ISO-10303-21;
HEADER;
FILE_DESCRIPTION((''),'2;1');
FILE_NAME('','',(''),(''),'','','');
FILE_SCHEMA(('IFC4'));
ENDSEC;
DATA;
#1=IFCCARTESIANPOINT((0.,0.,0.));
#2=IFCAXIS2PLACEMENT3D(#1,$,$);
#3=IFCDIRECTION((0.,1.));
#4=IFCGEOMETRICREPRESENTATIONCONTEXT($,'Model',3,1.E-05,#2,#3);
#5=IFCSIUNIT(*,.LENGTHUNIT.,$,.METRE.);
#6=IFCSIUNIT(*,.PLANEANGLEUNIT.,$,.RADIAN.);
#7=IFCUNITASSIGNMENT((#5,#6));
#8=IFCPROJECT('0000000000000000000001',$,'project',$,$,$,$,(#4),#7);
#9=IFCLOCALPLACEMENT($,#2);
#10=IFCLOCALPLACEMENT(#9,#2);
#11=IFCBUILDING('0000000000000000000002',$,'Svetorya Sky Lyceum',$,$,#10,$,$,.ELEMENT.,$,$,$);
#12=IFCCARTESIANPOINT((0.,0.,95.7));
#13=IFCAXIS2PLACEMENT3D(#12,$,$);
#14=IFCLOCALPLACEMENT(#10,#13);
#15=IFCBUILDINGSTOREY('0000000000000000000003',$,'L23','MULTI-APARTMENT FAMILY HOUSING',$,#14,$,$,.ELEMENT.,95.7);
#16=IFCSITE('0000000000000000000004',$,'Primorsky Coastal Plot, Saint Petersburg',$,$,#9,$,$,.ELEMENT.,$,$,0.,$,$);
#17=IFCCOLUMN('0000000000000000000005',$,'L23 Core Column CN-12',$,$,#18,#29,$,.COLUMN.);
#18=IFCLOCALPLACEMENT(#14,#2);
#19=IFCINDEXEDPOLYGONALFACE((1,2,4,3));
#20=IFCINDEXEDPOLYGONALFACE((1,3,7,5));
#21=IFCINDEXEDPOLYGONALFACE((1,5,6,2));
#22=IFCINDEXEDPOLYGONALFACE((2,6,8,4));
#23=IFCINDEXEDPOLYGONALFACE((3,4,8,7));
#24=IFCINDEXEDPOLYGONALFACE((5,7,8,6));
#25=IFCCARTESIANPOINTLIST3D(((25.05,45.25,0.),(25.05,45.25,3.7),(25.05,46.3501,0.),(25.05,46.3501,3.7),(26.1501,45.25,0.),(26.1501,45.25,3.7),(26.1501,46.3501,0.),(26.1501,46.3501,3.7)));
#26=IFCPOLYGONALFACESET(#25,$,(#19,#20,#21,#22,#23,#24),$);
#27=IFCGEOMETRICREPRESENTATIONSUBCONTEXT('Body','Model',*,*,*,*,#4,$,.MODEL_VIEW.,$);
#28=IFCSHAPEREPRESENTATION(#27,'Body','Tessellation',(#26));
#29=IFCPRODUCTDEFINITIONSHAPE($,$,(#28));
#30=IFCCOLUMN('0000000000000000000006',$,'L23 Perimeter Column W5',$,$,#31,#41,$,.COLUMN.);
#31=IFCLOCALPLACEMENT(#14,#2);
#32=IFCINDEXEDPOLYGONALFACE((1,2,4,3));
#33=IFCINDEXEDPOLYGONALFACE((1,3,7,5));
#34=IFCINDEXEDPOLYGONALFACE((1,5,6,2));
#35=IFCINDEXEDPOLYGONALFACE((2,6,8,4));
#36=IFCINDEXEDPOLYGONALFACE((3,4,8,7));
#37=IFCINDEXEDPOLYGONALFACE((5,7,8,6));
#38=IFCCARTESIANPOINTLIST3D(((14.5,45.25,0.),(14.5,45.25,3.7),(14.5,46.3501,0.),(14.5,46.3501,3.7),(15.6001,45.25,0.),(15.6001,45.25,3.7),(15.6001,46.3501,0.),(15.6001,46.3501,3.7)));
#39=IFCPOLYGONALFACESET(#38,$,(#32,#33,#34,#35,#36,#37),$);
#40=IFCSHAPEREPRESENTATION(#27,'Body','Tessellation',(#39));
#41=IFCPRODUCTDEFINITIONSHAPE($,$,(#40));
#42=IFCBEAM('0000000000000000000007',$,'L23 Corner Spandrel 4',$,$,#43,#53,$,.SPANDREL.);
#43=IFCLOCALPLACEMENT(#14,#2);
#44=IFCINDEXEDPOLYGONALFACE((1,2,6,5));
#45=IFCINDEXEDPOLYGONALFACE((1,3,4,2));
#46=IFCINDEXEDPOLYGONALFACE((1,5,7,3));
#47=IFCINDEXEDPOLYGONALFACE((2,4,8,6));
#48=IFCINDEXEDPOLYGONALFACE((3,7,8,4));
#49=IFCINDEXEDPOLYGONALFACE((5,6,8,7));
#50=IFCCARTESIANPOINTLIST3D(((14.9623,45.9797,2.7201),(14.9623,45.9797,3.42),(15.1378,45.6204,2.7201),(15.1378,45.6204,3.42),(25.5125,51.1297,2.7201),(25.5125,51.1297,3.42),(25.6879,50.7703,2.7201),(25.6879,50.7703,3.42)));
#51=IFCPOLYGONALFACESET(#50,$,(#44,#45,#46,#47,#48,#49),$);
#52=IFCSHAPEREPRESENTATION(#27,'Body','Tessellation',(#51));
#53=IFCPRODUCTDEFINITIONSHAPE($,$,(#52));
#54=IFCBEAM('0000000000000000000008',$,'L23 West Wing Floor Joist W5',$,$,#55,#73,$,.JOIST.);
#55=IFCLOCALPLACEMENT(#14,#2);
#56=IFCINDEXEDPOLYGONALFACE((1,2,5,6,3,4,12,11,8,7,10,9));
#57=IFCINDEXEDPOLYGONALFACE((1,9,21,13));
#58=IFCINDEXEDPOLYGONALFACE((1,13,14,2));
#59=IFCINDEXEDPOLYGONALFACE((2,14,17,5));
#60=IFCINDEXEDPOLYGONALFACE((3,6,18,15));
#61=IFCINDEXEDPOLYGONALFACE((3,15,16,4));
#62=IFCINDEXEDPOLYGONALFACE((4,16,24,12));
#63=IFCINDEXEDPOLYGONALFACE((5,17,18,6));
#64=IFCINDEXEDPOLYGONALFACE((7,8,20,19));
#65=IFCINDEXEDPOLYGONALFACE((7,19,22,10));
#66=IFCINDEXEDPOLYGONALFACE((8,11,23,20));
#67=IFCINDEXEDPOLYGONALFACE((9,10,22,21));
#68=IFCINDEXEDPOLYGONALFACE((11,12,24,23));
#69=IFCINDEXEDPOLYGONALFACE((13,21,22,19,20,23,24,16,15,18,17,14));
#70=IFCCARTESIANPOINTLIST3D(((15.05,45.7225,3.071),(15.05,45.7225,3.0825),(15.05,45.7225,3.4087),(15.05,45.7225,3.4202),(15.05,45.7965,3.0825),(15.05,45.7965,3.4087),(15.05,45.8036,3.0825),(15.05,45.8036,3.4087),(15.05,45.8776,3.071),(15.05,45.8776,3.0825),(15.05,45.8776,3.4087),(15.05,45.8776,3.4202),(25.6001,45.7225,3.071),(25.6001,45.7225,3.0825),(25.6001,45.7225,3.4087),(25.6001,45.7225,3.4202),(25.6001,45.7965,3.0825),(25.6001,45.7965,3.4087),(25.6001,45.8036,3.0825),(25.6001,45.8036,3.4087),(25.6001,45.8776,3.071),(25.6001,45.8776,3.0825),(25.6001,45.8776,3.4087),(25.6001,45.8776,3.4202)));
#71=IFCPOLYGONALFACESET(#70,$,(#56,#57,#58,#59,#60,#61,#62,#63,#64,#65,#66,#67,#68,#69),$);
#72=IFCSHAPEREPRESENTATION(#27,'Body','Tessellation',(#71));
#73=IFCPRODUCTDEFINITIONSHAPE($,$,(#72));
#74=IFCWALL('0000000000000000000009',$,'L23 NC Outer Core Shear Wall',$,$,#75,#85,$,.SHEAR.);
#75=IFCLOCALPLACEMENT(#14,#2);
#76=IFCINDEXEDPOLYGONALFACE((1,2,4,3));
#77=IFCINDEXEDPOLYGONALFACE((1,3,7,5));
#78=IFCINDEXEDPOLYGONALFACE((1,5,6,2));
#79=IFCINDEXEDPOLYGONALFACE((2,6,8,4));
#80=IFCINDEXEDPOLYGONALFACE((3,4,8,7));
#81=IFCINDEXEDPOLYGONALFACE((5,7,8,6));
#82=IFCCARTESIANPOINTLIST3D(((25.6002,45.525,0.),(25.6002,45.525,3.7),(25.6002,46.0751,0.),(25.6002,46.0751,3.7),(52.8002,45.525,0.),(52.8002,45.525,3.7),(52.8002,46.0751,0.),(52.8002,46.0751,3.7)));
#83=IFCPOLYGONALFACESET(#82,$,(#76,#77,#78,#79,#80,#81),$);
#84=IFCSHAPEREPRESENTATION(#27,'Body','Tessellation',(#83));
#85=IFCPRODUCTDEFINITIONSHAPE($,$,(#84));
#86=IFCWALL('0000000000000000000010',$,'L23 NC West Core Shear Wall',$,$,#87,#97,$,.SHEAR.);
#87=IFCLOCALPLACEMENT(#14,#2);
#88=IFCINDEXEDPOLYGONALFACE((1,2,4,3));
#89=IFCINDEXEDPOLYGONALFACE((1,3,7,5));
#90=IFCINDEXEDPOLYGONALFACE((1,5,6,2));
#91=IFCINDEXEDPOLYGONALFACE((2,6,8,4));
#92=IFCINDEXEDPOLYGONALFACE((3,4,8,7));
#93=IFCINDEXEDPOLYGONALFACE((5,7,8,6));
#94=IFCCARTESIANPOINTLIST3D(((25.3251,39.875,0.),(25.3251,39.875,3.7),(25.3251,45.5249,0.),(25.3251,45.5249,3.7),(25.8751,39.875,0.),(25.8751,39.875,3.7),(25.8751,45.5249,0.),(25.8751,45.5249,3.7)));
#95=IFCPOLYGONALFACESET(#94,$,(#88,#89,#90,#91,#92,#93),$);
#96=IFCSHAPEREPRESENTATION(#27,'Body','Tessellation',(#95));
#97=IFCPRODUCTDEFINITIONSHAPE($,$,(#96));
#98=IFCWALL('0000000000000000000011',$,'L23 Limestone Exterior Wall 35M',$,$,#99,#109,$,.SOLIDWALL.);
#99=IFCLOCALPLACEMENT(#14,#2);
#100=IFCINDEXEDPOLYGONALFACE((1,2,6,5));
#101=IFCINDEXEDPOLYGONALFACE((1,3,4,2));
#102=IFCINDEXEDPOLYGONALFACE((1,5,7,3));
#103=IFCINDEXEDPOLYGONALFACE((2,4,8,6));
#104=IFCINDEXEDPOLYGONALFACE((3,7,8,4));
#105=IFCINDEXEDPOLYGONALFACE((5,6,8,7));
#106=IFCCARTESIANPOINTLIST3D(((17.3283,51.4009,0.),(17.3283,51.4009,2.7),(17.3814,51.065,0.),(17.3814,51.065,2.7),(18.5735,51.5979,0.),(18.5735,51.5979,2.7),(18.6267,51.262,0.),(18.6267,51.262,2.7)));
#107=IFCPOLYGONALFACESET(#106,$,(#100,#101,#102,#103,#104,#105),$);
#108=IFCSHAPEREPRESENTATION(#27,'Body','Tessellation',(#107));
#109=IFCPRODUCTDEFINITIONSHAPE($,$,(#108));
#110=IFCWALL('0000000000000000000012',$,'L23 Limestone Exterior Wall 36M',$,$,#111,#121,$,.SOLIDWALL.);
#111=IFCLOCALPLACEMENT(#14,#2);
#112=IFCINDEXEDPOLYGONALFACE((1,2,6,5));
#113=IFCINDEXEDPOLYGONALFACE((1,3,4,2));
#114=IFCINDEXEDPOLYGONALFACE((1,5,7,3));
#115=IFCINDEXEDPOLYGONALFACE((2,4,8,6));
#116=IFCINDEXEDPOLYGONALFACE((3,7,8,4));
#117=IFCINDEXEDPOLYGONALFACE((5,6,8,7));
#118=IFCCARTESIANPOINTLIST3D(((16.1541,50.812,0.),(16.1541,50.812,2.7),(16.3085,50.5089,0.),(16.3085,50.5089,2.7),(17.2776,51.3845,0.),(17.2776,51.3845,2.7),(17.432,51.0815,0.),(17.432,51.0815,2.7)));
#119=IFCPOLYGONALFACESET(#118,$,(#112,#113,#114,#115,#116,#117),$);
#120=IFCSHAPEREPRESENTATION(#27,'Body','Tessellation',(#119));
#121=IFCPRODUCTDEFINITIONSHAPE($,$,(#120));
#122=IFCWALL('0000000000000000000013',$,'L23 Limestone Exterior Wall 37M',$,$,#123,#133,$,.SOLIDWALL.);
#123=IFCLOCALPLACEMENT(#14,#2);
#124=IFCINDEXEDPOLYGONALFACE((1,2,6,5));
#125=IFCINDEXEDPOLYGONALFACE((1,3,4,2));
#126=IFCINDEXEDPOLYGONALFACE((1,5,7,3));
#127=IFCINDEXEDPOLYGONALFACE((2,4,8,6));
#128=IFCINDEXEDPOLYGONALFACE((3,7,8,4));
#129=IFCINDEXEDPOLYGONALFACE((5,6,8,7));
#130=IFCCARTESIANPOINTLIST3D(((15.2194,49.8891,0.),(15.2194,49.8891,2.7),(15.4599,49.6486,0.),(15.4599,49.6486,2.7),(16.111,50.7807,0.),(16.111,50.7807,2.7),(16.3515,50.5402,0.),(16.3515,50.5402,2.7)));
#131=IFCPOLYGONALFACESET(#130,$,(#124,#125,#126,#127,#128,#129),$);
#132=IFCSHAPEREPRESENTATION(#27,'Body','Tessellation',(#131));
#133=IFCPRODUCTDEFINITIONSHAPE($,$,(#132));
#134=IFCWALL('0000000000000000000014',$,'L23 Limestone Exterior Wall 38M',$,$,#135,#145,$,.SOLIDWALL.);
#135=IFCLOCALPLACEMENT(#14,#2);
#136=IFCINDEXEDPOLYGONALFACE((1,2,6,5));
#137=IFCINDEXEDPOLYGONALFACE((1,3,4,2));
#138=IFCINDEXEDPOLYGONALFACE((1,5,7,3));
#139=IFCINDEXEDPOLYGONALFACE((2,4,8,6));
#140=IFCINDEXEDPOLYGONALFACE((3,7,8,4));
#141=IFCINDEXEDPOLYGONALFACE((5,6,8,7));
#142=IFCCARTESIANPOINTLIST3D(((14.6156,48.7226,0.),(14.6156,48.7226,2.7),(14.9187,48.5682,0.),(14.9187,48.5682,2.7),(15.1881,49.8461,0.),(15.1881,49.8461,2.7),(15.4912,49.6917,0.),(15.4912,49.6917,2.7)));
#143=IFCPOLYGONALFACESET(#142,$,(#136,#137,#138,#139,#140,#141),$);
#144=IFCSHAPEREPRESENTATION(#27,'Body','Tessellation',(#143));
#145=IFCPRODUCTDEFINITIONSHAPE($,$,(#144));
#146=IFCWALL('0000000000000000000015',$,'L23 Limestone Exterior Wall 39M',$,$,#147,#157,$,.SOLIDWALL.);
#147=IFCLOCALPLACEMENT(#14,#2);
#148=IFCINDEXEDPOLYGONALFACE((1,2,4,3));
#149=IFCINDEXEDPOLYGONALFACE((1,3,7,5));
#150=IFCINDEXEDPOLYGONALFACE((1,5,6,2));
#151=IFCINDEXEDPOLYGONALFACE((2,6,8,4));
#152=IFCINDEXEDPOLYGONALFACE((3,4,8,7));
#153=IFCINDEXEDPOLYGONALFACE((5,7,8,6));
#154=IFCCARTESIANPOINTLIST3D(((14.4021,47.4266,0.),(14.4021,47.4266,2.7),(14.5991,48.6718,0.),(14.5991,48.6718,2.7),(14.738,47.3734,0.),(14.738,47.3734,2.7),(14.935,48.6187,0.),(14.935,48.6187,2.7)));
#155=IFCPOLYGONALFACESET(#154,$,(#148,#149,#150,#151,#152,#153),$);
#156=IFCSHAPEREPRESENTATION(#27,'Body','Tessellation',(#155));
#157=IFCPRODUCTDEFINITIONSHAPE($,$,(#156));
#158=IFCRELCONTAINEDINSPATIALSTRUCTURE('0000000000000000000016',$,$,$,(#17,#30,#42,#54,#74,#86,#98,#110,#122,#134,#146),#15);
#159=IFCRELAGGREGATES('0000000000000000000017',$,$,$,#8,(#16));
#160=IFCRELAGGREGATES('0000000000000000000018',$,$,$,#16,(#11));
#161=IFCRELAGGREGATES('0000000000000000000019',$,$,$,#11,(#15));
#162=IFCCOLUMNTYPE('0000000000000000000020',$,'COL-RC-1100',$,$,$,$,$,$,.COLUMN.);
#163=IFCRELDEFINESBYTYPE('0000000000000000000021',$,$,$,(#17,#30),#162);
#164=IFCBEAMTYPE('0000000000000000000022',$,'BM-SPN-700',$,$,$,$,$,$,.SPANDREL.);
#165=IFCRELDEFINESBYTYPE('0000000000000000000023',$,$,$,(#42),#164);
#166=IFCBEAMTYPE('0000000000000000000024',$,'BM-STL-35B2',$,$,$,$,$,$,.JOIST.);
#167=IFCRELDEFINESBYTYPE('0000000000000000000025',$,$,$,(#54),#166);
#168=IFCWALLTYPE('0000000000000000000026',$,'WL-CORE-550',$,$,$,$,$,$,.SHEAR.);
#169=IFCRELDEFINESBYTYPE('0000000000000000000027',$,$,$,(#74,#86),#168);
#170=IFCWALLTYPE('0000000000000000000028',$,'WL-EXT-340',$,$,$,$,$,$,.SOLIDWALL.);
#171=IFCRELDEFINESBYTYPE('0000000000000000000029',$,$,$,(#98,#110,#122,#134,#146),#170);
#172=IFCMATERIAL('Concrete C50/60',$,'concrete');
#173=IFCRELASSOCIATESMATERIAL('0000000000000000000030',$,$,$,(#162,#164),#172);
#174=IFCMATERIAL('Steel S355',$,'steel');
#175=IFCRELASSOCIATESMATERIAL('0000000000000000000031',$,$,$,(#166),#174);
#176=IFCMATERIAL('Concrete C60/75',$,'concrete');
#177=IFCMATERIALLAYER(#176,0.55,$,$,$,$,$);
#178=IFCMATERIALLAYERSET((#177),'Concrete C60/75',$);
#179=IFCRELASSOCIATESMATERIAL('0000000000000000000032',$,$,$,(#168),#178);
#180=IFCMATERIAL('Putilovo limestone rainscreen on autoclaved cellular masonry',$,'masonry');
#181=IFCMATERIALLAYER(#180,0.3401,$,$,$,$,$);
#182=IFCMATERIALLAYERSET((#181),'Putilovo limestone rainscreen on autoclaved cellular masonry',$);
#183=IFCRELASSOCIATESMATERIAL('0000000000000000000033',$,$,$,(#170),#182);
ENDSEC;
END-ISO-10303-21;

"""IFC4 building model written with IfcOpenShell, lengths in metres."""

from ifc_helpers import new_model, si_unit, direction, frame, frame_2d, origin, origin_2d, place, context, subcontext, project, spatial, rectangle, i_section, extrude, material, layer, layer_set, material_profile, profile_set, type_object, element, save


model = new_model("IFC4")

# Units and contexts
model_context = context("Model", 3, precision=1e-05, world=origin(), true_north=direction((0.0, 1.0)))
body_context = subcontext(model_context, "Body", "Model", "MODEL_VIEW")
ifc_project = project(units=[si_unit("LENGTHUNIT", "METRE"), si_unit("PLANEANGLEUNIT", "RADIAN")], contexts=[model_context])

# Site, building, storey
site_placement = place(None, origin())
site = spatial("IfcSite", under=ifc_project, at=site_placement, Name="Primorsky Coastal Plot, Saint Petersburg", CompositionType="ELEMENT", RefElevation=0.0)
building_placement = place(site_placement, origin())
building = spatial("IfcBuilding", under=site, at=building_placement, Name="Svetorya Sky Lyceum", CompositionType="ELEMENT")
storey_placement = place(building_placement, frame((0.0, 0.0, 95.7)))
storey = spatial("IfcBuildingStorey", under=building, at=storey_placement, Name="L23", Description="MULTI-APARTMENT FAMILY HOUSING", CompositionType="ELEMENT", Elevation=95.7)

# Columns
ifc_material_1 = material(Name="Concrete C50/60", Category="concrete")
ifc_material_profile_1 = material_profile(ifc_material_1, rectangle(XDim=1.1001, YDim=1.1001, at=origin_2d()), Name="RC COL 1100x1100")
ifc_profile_set_1 = profile_set([ifc_material_profile_1], Name="Concrete C50/60")
column_type = type_object("IfcColumnType", Name="COL-RC-1100", PredefinedType="COLUMN", material=ifc_profile_set_1)
for number, where, z_axis, x_axis, name in (
    (1, (25.6001, 45.8, 0.0), (0.0, 0.0, 1.0), (1.0, 0.0, 0.0), "L23 Core Column CN-12"),
    (2, (15.05, 45.8, 0.0), (0.0, 0.0, 1.0), (1.0, 0.0, 0.0), "L23 Perimeter Column W5"),
):
    element("IfcColumn", number, at=place(storey_placement, frame(where, z_axis=z_axis, x_axis=x_axis)), inside=storey, type_object=column_type, Name=name, PredefinedType="COLUMN", context=body_context, shape_type="SweptSolid", body=[
        extrude(rectangle(XDim=1.1001, YDim=1.1001, at=origin_2d()), origin(), (0.0, 0.0, 1.0), 3.7),
    ])

# Beams
ifc_material_profile_2 = material_profile(ifc_material_1, rectangle(XDim=0.3999, YDim=0.7, at=origin_2d()), Name="RC SPANDREL 400x700")
ifc_profile_set_2 = profile_set([ifc_material_profile_2], Name="Concrete C50/60")
beam_type_1 = type_object("IfcBeamType", Name="BM-SPN-700", PredefinedType="SPANDREL", material=ifc_profile_set_2)
beam_1_placement = place(storey_placement, frame((15.05, 45.8, 3.0701), z_axis=(0.89865, 0.438667, 0.0), x_axis=(-0.438667, 0.89865, 0.0)))
element("IfcBeam", 3, at=beam_1_placement, inside=storey, type_object=beam_type_1, Name="L23 Corner Spandrel 4", PredefinedType="SPANDREL", context=body_context, shape_type="SweptSolid", body=[
    extrude(rectangle(XDim=0.3999, YDim=0.7, at=origin_2d()), origin(), (0.0, 0.0, 1.0), 11.74),
])
ifc_material_2 = material(Name="Steel S355", Category="steel")
ifc_material_profile_3 = material_profile(ifc_material_2, i_section(OverallWidth=0.155, OverallDepth=0.3491, WebThickness=0.0071, FlangeThickness=0.0115, at=origin_2d()), Name="GOST 35B2")
ifc_profile_set_3 = profile_set([ifc_material_profile_3], Name="Steel S355")
beam_type_2 = type_object("IfcBeamType", Name="BM-STL-35B2", PredefinedType="JOIST", material=ifc_profile_set_3)
beam_2_placement = place(storey_placement, frame((15.05, 45.8, 3.2456), z_axis=(1.0, 0.0, 0.0), x_axis=(0.0, 1.0, 0.0)))
element("IfcBeam", 4, at=beam_2_placement, inside=storey, type_object=beam_type_2, Name="L23 West Wing Floor Joist W5", PredefinedType="JOIST", context=body_context, shape_type="SweptSolid", body=[
    extrude(i_section(OverallWidth=0.155, OverallDepth=0.3491, WebThickness=0.0071, FlangeThickness=0.0115, at=origin_2d()), origin(), (0.0, 0.0, 1.0), 10.55),
])

# Walls
ifc_material_3 = material(Name="Concrete C60/75", Category="concrete")
ifc_layer_1 = layer(ifc_material_3, 0.55)
ifc_layer_set_1 = layer_set([ifc_layer_1], Name="Concrete C60/75")
wall_type_1 = type_object("IfcWallType", Name="WL-CORE-550", PredefinedType="SHEAR", material=ifc_layer_set_1)
wall_1_placement = place(storey_placement, frame((25.6001, 45.8, 0.0), z_axis=(0.0, 0.0, 1.0), x_axis=(1.0, 0.0, 0.0)))
element("IfcWall", 5, at=wall_1_placement, inside=storey, type_object=wall_type_1, Name="L23 NC Outer Core Shear Wall", PredefinedType="SHEAR", context=body_context, shape_type="SweptSolid", body=[
    extrude(rectangle(XDim=27.2, YDim=0.55, at=frame_2d((13.6001, 0.0))), origin(), (0.0, 0.0, 1.0), 3.7),
])
wall_2_placement = place(storey_placement, frame((25.6001, 39.875, 0.0), z_axis=(0.0, 0.0, 1.0), x_axis=(0.0, 1.0, 0.0)))
element("IfcWall", 6, at=wall_2_placement, inside=storey, type_object=wall_type_1, Name="L23 NC West Core Shear Wall", PredefinedType="SHEAR", context=body_context, shape_type="SweptSolid", body=[
    extrude(rectangle(XDim=5.6499, YDim=0.55, at=frame_2d((2.825, 0.0))), origin(), (0.0, 0.0, 1.0), 3.7),
])
ifc_material_4 = material(Name="Putilovo limestone rainscreen on autoclaved cellular masonry", Category="masonry")
ifc_layer_2 = layer(ifc_material_4, 0.3401)
ifc_layer_set_2 = layer_set([ifc_layer_2], Name="Putilovo limestone rainscreen on autoclaved cellular masonry")
wall_type_2 = type_object("IfcWallType", Name="WL-EXT-340", PredefinedType="SOLIDWALL", material=ifc_layer_set_2)
wall_3_placement = place(storey_placement, frame((18.6001, 51.4299, 0.0), z_axis=(0.0, 0.0, 1.0), x_axis=(-0.987716, -0.156261, 0.0)))
element("IfcWall", 7, at=wall_3_placement, inside=storey, type_object=wall_type_2, Name="L23 Limestone Exterior Wall 35M", PredefinedType="SOLIDWALL", context=body_context, shape_type="SweptSolid", body=[
    extrude(rectangle(XDim=1.2607, YDim=0.3401, at=frame_2d((0.6304, 0.0))), origin(), (0.0, 0.0, 1.0), 2.7),
])
for number, where, z_axis, x_axis, name in (
    (8, (17.3547, 51.2329, 0.0), (0.0, 0.0, 1.0), (-0.890994, -0.454016, 0.0), "L23 Limestone Exterior Wall 36M"),
    (9, (16.2312, 50.6604, 0.0), (0.0, 0.0, 1.0), (-0.707107, -0.707107, 0.0), "L23 Limestone Exterior Wall 37M"),
    (10, (15.3396, 49.7688, 0.0), (0.0, 0.0, 1.0), (-0.454016, -0.890994, 0.0), "L23 Limestone Exterior Wall 38M"),
):
    element("IfcWall", number, at=place(storey_placement, frame(where, z_axis=z_axis, x_axis=x_axis)), inside=storey, type_object=wall_type_2, Name=name, PredefinedType="SOLIDWALL", context=body_context, shape_type="SweptSolid", body=[
        extrude(rectangle(XDim=1.261, YDim=0.3401, at=frame_2d((0.6304, 0.0))), origin(), (0.0, 0.0, 1.0), 2.7),
    ])
wall_4_placement = place(storey_placement, frame((14.7671, 48.6453, 0.0), z_axis=(0.0, 0.0, 1.0), x_axis=(-0.156261, -0.987716, 0.0)))
element("IfcWall", 11, at=wall_4_placement, inside=storey, type_object=wall_type_2, Name="L23 Limestone Exterior Wall 39M", PredefinedType="SOLIDWALL", context=body_context, shape_type="SweptSolid", body=[
    extrude(rectangle(XDim=1.2607, YDim=0.3401, at=frame_2d((0.6304, 0.0))), origin(), (0.0, 0.0, 1.0), 2.7),
])

save(model, "model.ifc")
